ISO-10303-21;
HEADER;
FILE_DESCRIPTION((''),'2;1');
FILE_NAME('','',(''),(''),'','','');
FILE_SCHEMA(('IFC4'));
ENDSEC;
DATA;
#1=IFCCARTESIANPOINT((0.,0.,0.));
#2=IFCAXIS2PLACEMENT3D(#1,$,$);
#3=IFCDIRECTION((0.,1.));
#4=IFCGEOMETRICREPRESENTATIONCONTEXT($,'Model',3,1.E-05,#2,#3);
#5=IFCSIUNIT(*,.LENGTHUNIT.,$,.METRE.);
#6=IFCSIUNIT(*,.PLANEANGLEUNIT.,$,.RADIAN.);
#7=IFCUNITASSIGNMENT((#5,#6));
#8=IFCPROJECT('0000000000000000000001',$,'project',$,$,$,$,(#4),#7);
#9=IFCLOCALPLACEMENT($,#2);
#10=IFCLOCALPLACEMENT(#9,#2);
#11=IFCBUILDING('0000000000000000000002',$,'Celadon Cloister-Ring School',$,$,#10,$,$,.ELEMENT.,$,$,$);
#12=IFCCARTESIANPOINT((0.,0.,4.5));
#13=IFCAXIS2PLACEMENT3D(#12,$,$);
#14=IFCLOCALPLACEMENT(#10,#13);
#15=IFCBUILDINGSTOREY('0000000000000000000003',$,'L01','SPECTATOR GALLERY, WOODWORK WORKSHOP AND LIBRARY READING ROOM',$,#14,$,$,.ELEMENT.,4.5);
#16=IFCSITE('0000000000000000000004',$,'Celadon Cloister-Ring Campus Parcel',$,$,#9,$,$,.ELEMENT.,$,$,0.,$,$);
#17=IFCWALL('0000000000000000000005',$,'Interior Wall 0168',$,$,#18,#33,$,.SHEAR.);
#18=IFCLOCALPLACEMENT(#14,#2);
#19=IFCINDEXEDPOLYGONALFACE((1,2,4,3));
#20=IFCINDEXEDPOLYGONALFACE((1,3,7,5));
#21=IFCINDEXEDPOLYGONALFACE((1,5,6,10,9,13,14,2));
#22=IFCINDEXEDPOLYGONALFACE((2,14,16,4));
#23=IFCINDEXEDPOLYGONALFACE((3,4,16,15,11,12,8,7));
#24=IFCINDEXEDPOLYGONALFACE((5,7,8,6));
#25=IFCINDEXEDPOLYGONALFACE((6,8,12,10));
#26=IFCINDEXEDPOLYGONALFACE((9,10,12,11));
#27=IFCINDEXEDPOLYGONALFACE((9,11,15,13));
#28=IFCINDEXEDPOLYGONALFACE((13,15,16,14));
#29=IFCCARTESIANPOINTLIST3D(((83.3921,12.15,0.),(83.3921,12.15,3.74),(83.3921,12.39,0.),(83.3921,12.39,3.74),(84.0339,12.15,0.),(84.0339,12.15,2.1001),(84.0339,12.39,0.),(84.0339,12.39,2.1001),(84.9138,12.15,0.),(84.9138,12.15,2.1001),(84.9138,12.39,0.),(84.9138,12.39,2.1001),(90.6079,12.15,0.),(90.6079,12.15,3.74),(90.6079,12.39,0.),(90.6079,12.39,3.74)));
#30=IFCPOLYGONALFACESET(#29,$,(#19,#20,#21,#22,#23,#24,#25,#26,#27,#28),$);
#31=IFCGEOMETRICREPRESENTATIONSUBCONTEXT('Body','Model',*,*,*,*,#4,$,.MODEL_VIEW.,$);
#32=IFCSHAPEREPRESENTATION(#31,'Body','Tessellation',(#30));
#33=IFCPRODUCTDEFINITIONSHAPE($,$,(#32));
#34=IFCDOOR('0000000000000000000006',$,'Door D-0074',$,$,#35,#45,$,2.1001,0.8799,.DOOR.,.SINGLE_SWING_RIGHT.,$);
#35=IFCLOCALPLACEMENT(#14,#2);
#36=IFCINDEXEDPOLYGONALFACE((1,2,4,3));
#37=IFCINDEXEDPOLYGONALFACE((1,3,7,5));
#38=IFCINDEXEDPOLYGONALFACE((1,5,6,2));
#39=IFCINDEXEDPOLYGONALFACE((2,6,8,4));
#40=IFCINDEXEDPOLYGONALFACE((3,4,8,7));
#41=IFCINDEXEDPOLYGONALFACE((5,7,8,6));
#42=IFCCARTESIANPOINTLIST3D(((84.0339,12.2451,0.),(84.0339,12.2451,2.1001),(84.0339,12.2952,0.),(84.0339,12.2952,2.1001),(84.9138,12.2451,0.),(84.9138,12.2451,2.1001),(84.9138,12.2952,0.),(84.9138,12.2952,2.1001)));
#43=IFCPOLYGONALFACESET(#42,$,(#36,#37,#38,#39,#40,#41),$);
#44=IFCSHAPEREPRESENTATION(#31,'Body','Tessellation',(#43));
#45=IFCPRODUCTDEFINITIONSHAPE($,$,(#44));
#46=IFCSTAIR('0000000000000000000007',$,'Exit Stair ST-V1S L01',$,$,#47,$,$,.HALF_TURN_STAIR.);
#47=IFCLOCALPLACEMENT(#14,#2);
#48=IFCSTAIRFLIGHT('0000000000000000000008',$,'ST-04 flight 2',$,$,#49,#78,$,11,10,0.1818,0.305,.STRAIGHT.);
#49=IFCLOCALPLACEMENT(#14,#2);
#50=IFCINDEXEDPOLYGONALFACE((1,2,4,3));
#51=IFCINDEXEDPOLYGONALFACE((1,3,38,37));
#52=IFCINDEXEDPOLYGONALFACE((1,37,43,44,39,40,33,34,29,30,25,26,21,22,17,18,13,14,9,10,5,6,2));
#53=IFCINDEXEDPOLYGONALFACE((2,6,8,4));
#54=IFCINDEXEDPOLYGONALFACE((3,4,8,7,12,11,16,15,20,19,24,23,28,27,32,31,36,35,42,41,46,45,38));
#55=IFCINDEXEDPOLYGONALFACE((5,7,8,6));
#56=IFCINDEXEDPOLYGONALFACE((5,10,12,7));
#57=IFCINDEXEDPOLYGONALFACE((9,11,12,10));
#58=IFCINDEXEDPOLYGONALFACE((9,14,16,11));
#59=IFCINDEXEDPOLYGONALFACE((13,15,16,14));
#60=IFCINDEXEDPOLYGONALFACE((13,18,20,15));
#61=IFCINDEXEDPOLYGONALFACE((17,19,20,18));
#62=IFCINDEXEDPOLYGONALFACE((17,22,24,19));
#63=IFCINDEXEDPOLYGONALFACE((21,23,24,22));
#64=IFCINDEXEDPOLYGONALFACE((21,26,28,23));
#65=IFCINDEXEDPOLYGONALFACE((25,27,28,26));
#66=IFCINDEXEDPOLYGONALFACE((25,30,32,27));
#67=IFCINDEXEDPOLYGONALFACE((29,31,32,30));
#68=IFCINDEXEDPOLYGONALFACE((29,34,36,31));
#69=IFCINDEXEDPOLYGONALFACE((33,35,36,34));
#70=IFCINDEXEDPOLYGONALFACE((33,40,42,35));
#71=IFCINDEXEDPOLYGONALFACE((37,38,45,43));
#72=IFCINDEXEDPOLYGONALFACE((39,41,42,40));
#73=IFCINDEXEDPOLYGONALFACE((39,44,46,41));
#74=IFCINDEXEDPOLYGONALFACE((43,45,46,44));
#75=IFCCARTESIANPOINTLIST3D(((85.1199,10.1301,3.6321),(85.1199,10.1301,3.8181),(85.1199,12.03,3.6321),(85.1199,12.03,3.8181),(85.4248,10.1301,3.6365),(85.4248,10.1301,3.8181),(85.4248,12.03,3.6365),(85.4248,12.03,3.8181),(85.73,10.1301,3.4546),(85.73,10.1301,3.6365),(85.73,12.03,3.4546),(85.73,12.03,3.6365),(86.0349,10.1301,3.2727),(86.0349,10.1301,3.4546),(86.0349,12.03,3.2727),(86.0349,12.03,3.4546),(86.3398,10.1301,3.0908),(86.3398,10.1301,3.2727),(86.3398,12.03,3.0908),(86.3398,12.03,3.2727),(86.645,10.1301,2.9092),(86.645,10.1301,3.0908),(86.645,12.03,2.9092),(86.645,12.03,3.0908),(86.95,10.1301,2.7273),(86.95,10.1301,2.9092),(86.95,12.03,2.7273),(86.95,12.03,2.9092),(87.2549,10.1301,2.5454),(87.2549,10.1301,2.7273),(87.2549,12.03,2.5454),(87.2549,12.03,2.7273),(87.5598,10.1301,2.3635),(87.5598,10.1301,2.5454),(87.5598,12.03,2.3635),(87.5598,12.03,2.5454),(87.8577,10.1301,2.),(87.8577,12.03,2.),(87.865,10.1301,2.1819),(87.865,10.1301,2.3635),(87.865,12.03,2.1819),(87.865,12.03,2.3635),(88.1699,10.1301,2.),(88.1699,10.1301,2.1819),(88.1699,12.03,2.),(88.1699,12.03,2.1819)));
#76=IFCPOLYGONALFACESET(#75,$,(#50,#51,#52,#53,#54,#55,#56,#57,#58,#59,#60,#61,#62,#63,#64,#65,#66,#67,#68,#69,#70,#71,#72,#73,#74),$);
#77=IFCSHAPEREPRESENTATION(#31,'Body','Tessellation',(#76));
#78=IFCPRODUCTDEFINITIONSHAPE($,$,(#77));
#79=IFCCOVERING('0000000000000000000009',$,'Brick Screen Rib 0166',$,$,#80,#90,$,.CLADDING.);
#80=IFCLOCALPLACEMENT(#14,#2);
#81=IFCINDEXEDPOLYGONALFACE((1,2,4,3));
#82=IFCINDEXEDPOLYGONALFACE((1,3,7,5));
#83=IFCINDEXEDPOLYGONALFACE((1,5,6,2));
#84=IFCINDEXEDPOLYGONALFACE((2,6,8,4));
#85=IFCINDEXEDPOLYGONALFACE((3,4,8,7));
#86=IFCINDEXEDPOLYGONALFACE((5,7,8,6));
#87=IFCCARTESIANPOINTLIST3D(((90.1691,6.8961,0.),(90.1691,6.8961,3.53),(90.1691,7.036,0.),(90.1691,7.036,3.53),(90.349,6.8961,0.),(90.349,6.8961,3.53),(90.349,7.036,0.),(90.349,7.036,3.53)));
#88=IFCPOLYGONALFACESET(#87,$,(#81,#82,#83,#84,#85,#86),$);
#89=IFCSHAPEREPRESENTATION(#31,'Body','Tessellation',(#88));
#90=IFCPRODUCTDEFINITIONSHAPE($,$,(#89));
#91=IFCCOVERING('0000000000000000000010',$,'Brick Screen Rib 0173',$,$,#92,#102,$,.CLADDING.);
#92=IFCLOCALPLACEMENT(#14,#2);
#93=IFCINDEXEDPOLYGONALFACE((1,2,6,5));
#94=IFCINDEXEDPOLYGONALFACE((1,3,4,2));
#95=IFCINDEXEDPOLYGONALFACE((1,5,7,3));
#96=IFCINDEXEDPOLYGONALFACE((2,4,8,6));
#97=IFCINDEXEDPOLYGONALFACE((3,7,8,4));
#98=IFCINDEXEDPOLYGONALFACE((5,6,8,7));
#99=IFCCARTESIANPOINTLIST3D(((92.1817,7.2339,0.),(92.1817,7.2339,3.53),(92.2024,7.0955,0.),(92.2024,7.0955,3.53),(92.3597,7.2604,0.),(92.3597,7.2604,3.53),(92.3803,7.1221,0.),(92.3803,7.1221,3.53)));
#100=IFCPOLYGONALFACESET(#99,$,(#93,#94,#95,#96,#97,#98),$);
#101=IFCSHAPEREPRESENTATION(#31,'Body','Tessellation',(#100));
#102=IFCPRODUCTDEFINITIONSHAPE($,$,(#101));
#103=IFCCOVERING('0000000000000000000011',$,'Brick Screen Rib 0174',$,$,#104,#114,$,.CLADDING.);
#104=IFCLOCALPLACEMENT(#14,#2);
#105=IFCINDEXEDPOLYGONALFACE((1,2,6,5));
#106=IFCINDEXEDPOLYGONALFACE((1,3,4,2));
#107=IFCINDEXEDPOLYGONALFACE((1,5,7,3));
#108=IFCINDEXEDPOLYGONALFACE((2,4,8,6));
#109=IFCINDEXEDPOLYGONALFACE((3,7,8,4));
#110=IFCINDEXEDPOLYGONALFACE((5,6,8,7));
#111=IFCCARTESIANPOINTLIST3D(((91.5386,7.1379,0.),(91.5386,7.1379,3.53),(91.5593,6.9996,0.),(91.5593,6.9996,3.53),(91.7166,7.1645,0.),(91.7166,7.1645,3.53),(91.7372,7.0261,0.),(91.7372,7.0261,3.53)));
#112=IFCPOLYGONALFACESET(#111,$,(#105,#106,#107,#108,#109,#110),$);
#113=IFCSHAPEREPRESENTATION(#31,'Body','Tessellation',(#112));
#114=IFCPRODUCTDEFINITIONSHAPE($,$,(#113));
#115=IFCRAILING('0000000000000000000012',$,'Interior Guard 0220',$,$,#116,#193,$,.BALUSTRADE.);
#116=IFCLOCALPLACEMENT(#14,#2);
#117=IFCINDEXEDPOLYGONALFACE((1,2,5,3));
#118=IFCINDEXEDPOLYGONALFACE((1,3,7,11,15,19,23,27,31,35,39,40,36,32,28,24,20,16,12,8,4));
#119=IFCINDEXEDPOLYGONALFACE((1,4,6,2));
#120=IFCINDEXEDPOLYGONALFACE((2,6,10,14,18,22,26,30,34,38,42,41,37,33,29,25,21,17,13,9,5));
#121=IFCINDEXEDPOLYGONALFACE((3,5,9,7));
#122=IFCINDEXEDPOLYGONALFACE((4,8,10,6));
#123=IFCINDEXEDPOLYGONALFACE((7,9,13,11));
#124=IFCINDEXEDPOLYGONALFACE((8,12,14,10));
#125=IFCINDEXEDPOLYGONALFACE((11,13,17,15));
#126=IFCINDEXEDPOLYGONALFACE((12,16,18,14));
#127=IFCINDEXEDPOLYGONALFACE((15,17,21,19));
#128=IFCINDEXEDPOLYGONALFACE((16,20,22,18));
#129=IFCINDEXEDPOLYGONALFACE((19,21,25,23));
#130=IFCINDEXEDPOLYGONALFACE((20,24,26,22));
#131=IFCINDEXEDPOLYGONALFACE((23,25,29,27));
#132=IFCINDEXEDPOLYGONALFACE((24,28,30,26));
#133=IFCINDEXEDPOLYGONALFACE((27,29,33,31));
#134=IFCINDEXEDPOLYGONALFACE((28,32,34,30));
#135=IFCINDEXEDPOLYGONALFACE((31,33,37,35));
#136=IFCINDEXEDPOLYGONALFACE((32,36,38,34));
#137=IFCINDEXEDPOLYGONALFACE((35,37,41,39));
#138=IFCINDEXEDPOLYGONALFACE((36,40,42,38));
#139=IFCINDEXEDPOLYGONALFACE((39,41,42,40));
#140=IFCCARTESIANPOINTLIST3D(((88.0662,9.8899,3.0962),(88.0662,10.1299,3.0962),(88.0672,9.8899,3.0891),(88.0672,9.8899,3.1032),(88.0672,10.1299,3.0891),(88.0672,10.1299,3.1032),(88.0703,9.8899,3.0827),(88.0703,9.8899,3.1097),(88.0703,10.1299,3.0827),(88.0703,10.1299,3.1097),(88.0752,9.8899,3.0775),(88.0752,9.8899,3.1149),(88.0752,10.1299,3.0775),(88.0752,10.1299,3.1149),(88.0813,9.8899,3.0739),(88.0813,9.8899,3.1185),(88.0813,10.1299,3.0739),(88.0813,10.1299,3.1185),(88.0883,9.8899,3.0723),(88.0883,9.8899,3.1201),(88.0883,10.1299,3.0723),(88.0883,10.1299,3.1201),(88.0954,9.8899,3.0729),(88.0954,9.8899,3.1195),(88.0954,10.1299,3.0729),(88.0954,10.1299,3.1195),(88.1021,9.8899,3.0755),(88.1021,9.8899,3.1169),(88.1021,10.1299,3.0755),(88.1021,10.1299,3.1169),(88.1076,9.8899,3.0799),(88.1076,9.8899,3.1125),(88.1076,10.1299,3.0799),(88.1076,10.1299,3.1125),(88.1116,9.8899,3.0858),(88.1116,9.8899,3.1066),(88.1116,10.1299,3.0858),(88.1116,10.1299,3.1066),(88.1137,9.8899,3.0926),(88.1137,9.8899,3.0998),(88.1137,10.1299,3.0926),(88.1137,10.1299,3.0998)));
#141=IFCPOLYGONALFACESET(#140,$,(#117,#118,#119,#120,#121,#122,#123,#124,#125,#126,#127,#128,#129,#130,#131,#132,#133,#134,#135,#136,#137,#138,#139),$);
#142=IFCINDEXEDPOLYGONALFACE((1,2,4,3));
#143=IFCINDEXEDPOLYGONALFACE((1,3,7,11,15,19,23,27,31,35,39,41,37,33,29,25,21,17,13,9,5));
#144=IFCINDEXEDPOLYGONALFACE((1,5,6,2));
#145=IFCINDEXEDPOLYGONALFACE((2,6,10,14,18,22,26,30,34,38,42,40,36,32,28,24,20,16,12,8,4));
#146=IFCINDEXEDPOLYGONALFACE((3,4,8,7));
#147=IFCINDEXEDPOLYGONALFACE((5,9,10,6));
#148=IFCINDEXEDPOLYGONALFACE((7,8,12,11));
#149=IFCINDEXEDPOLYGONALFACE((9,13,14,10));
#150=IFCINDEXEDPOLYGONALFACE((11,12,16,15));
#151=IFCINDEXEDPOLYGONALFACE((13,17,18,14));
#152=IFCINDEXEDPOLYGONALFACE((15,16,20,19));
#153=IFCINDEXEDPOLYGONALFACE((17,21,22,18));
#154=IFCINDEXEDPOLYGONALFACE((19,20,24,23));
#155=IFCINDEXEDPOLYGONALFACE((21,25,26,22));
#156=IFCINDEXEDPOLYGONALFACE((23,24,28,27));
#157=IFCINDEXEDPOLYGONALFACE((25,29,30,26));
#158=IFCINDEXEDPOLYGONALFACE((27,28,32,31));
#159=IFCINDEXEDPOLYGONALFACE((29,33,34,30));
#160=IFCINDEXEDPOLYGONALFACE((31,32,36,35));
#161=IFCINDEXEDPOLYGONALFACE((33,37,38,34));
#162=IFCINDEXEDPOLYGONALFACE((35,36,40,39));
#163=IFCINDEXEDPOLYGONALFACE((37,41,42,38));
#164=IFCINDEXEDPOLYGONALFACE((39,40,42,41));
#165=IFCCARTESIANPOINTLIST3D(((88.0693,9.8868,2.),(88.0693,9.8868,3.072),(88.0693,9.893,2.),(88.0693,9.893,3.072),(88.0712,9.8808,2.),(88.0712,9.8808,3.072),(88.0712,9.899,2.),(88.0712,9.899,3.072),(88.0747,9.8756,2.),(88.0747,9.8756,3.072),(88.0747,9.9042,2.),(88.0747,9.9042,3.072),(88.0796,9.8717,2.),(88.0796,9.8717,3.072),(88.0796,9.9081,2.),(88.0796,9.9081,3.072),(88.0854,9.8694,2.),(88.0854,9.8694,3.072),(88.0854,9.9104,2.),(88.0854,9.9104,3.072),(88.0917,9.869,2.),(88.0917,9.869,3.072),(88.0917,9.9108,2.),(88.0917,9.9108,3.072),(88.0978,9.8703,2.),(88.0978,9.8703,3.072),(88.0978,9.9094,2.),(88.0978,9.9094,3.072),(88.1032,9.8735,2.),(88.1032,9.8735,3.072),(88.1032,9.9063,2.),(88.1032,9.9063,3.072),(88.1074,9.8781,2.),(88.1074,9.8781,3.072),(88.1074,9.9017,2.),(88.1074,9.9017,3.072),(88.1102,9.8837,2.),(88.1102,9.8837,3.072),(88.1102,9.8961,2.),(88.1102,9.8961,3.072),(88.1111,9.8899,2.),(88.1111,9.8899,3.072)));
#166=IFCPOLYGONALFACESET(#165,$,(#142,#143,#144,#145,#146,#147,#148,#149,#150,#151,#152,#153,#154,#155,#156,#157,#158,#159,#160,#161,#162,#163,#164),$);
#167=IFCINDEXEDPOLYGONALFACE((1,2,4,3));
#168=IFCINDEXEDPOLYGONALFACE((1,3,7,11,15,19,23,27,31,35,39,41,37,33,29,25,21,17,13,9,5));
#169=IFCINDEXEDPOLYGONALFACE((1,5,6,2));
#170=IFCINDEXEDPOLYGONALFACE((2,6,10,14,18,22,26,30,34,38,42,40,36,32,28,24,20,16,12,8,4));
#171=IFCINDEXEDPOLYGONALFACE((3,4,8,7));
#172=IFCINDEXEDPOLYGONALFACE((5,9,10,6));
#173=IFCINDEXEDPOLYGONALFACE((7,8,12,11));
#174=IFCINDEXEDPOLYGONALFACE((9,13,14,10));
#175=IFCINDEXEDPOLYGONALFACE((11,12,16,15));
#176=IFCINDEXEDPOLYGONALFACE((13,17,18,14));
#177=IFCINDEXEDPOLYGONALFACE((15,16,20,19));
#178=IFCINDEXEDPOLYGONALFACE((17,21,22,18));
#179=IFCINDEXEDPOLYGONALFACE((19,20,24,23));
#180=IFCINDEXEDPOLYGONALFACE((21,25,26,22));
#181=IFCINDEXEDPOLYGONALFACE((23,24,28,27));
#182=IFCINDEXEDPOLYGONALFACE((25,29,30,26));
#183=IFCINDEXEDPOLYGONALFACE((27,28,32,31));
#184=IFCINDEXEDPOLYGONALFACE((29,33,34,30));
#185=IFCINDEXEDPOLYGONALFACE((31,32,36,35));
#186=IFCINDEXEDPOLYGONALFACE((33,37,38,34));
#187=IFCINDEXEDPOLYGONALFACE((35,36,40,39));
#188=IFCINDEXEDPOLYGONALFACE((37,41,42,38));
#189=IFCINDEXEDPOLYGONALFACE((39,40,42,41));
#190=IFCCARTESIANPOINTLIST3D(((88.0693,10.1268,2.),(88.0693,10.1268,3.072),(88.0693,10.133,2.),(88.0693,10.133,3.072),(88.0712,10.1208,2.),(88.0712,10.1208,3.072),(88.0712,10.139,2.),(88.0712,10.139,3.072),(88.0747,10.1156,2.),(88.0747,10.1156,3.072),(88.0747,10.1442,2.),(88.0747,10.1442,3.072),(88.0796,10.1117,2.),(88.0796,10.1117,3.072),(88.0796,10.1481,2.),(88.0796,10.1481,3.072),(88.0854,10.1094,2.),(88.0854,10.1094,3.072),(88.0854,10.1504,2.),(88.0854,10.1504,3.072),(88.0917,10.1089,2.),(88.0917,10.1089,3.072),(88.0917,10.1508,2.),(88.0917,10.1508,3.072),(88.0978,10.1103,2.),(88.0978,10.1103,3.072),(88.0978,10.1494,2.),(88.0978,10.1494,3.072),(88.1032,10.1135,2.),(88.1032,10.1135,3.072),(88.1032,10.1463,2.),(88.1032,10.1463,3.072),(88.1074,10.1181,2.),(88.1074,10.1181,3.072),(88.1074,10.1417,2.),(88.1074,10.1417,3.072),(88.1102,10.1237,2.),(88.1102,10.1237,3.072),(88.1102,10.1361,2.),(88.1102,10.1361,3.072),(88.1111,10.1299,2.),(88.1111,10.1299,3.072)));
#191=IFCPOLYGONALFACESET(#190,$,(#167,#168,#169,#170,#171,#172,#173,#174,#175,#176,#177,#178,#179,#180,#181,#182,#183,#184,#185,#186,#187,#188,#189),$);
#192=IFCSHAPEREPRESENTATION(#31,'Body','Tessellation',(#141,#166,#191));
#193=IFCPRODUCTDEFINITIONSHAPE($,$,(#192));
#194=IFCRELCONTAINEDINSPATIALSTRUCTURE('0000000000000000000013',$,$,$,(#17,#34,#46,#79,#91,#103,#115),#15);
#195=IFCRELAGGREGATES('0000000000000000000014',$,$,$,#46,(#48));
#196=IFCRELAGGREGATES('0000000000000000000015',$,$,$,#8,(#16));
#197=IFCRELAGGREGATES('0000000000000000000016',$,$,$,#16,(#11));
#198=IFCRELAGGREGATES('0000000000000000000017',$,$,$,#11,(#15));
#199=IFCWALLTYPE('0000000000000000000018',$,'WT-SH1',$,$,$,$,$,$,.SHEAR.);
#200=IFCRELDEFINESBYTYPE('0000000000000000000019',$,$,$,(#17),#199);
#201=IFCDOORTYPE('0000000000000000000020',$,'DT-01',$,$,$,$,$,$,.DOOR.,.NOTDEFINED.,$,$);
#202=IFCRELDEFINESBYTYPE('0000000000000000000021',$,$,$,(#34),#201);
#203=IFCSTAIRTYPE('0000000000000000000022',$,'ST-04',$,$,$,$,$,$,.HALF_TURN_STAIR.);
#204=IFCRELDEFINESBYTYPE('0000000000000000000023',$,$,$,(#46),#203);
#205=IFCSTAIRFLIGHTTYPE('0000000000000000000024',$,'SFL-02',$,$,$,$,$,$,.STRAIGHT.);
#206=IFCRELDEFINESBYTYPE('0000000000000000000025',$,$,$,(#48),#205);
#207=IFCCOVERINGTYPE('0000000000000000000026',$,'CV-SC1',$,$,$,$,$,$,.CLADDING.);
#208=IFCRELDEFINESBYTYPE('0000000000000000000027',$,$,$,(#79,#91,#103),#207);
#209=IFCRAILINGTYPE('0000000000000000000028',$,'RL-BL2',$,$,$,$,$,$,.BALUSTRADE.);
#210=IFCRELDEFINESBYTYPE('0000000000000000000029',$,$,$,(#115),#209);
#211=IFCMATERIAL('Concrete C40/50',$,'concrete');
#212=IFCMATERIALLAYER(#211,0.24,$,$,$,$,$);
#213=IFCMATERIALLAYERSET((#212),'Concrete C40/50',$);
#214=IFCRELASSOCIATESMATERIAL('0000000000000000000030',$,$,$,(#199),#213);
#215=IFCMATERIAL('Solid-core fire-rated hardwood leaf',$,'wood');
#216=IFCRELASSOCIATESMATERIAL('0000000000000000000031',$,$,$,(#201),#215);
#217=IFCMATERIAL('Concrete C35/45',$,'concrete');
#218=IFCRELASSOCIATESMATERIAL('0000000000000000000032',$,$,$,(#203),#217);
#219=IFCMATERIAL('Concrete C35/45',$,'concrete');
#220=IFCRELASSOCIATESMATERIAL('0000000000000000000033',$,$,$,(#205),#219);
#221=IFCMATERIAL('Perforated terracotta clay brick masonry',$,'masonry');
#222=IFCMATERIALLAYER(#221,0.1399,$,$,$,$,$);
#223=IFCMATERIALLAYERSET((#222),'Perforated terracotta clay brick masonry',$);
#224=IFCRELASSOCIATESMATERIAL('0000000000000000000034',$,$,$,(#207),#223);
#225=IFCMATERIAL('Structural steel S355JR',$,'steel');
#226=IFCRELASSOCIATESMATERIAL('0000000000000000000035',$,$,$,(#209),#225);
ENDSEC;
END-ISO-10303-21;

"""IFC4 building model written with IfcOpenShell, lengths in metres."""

from ifc_helpers import new_model, si_unit, direction, frame, frame_2d, origin, origin_2d, place, context, subcontext, project, spatial, polyline, rectangle, circle, outline, extrude, material, layer, layer_set, type_object, element, fill, aggregate, save


model = new_model("IFC4")

# Units and contexts
model_context = context("Model", 3, precision=1e-05, world=origin(), true_north=direction((0.0, 1.0)))
body_context = subcontext(model_context, "Body", "Model", "MODEL_VIEW")
ifc_project = project(units=[si_unit("LENGTHUNIT", "METRE"), si_unit("PLANEANGLEUNIT", "RADIAN")], contexts=[model_context])

# Site, building, storey
site_placement = place(None, origin())
site = spatial("IfcSite", under=ifc_project, at=site_placement, Name="Celadon Cloister-Ring Campus Parcel", CompositionType="ELEMENT", RefElevation=0.0)
building_placement = place(site_placement, origin())
building = spatial("IfcBuilding", under=site, at=building_placement, Name="Celadon Cloister-Ring School", CompositionType="ELEMENT")
storey_placement = place(building_placement, frame((0.0, 0.0, 4.5)))
storey = spatial("IfcBuildingStorey", under=building, at=storey_placement, Name="L01", Description="SPECTATOR GALLERY, WOODWORK WORKSHOP AND LIBRARY READING ROOM", CompositionType="ELEMENT", Elevation=4.5)

# Shared definitions
ifc_material_1 = material(Name="Concrete C40/50", Category="concrete")
ifc_layer_1 = layer(ifc_material_1, 0.24)
ifc_layer_set_1 = layer_set([ifc_layer_1], Name="Concrete C40/50")
wall_type_1 = type_object("IfcWallType", Name="WT-SH1", PredefinedType="SHEAR", material=ifc_layer_set_1)

# Wall, opening, door
wall_1_placement = place(storey_placement, frame((90.6079, 12.27, 0.0), z_axis=(0.0, 0.0, 1.0), x_axis=(-1.0, 0.0, 0.0)))
wall_1 = element("IfcWall", 1, at=wall_1_placement, inside=storey, type_object=wall_type_1, Name="Interior Wall 0168", PredefinedType="SHEAR", context=body_context, shape_type="SweptSolid", body=[
    extrude(rectangle(XDim=7.2158, YDim=0.24, at=frame_2d((3.6079, 0.0))), origin(), (0.0, 0.0, 1.0), 3.74),
])
opening_1_placement = place(wall_1_placement, frame((5.6941, 0.0, 0.0)))
opening_1 = element("IfcOpeningElement", 2, at=opening_1_placement, cuts=wall_1, PredefinedType="OPENING", context=body_context, shape_type="SweptSolid", body=[
    extrude(rectangle(XDim=0.8799, YDim=2.1001, at=frame_2d((0.4399, 1.05))), frame((0.0, 0.1299, 0.0), z_axis=(0.0, -1.0, 0.0), x_axis=(1.0, 0.0, 0.0)), (0.0, 0.0, 1.0), 0.26),
])
ifc_material_2 = material(Name="Solid-core fire-rated hardwood leaf", Category="wood")
door_type = type_object("IfcDoorType", Name="DT-01", OperationType="NOTDEFINED", PredefinedType="DOOR", material=ifc_material_2)
door_placement = place(opening_1_placement, origin())
door = element("IfcDoor", 3, at=door_placement, inside=storey, type_object=door_type, Name="Door D-0074", OperationType="SINGLE_SWING_RIGHT", OverallHeight=2.1001, OverallWidth=0.8799, PredefinedType="DOOR", context=body_context, shape_type="SweptSolid", body=[
    extrude(rectangle(XDim=0.8799, YDim=2.1001, at=frame_2d((0.4399, 1.05))), frame((0.0, 0.0249, 0.0), z_axis=(0.0, -1.0, 0.0), x_axis=(1.0, 0.0, 0.0)), (0.0, 0.0, 1.0), 0.05),
])
fill(opening_1, door)

# Stair, stair flight
ifc_material_3 = material(Name="Concrete C35/45", Category="concrete")
stair_type = type_object("IfcStairType", Name="ST-04", PredefinedType="HALF_TURN_STAIR", material=ifc_material_3)
stair_placement = place(storey_placement, origin())
stair = element("IfcStair", 4, at=stair_placement, inside=storey, type_object=stair_type, Name="Exit Stair ST-V1S L01", PredefinedType="HALF_TURN_STAIR")
ifc_material_4 = material(Name="Concrete C35/45", Category="concrete")
stair_flight_type = type_object("IfcStairFlightType", Name="SFL-02", PredefinedType="STRAIGHT", material=ifc_material_4)
stair_flight_placement = place(storey_placement, frame((88.1699, 11.0801, 2.0), z_axis=(0.0, 0.0, 1.0), x_axis=(-1.0, 0.0, 0.0)))
stair_flight = element("IfcStairFlight", 5, at=stair_flight_placement, type_object=stair_flight_type, Name="ST-04 flight 2", NumberOfRisers=11, NumberOfTreads=10, PredefinedType="STRAIGHT", RiserHeight=0.1818, TreadLength=0.305, context=body_context, shape_type="SweptSolid", body=[
    extrude(outline(polyline([(0.0, 0.0), (0.0, 0.1819), (0.3049, 0.1819), (0.3049, 0.3635), (0.6101, 0.3635), (0.6101, 0.5454), (0.915, 0.5454), (0.915, 0.7273), (1.22, 0.7273), (1.22, 0.9092), (1.5249, 0.9092), (1.5249, 1.0908), (1.8301, 1.0908), (1.8301, 1.2727), (2.135, 1.2727), (2.135, 1.4546), (2.4399, 1.4546), (2.4399, 1.6365), (2.7451, 1.6365), (2.7451, 1.8181), (3.05, 1.8181), (3.05, 2.0), (3.05, 1.6321), (0.3123, 0.0), (0.0, 0.0)])), frame((0.0, 0.95, 0.0), z_axis=(0.0, -1.0, 0.0), x_axis=(1.0, 0.0, 0.0)), (0.0, 0.0, 1.0), 1.8999),
])
aggregate(stair, [stair_flight])

# Coverings
ifc_material_5 = material(Name="Perforated terracotta clay brick masonry", Category="masonry")
ifc_layer_2 = layer(ifc_material_5, 0.1399)
ifc_layer_set_2 = layer_set([ifc_layer_2], Name="Perforated terracotta clay brick masonry")
covering_type = type_object("IfcCoveringType", Name="CV-SC1", PredefinedType="CLADDING", material=ifc_layer_set_2)
for number, where, z_axis, x_axis, name in (
    (6, (90.259, 6.9661, 0.0), (0.0, 0.0, 1.0), (-1.0, 0.0, 0.0), "Brick Screen Rib 0166"),
    (7, (92.281, 7.178, 0.0), (0.0, 0.0, 1.0), (-0.989042, -0.147637, 0.0), "Brick Screen Rib 0173"),
    (8, (91.6379, 7.082, 0.0), (0.0, 0.0, 1.0), (-0.989042, -0.147637, 0.0), "Brick Screen Rib 0174"),
):
    element("IfcCovering", number, at=place(storey_placement, frame(where, z_axis=z_axis, x_axis=x_axis)), inside=storey, type_object=covering_type, Name=name, PredefinedType="CLADDING", context=body_context, shape_type="SweptSolid", body=[
        extrude(rectangle(XDim=0.1799, YDim=0.1399, at=origin_2d()), origin(), (0.0, 0.0, 1.0), 3.53),
    ])

# Railing
ifc_material_6 = material(Name="Structural steel S355JR", Category="steel")
railing_type_1 = type_object("IfcRailingType", Name="RL-BL2", PredefinedType="BALUSTRADE", material=ifc_material_6)
railing_1_placement = place(storey_placement, frame((88.0901, 9.8899, 2.0)))
element("IfcRailing", 9, at=railing_1_placement, inside=storey, type_object=railing_type_1, Name="Interior Guard 0220", PredefinedType="BALUSTRADE", context=body_context, shape_type="SweptSolid", body=[
    extrude(circle(Radius=0.0239, at=origin_2d()), frame((0.0, 0.0, 1.0962), z_axis=(0.0, 1.0, 0.0), x_axis=(-1.0, 0.0, 0.0)), (0.0, 0.0, 1.0), 0.24),
    extrude(circle(Radius=0.021, at=origin_2d()), origin(), (0.0, 0.0, 1.0), 1.072),
    extrude(circle(Radius=0.021, at=origin_2d()), frame((0.0, 0.24, 0.0)), (0.0, 0.0, 1.0), 1.072),
])

save(model, "model.ifc")
